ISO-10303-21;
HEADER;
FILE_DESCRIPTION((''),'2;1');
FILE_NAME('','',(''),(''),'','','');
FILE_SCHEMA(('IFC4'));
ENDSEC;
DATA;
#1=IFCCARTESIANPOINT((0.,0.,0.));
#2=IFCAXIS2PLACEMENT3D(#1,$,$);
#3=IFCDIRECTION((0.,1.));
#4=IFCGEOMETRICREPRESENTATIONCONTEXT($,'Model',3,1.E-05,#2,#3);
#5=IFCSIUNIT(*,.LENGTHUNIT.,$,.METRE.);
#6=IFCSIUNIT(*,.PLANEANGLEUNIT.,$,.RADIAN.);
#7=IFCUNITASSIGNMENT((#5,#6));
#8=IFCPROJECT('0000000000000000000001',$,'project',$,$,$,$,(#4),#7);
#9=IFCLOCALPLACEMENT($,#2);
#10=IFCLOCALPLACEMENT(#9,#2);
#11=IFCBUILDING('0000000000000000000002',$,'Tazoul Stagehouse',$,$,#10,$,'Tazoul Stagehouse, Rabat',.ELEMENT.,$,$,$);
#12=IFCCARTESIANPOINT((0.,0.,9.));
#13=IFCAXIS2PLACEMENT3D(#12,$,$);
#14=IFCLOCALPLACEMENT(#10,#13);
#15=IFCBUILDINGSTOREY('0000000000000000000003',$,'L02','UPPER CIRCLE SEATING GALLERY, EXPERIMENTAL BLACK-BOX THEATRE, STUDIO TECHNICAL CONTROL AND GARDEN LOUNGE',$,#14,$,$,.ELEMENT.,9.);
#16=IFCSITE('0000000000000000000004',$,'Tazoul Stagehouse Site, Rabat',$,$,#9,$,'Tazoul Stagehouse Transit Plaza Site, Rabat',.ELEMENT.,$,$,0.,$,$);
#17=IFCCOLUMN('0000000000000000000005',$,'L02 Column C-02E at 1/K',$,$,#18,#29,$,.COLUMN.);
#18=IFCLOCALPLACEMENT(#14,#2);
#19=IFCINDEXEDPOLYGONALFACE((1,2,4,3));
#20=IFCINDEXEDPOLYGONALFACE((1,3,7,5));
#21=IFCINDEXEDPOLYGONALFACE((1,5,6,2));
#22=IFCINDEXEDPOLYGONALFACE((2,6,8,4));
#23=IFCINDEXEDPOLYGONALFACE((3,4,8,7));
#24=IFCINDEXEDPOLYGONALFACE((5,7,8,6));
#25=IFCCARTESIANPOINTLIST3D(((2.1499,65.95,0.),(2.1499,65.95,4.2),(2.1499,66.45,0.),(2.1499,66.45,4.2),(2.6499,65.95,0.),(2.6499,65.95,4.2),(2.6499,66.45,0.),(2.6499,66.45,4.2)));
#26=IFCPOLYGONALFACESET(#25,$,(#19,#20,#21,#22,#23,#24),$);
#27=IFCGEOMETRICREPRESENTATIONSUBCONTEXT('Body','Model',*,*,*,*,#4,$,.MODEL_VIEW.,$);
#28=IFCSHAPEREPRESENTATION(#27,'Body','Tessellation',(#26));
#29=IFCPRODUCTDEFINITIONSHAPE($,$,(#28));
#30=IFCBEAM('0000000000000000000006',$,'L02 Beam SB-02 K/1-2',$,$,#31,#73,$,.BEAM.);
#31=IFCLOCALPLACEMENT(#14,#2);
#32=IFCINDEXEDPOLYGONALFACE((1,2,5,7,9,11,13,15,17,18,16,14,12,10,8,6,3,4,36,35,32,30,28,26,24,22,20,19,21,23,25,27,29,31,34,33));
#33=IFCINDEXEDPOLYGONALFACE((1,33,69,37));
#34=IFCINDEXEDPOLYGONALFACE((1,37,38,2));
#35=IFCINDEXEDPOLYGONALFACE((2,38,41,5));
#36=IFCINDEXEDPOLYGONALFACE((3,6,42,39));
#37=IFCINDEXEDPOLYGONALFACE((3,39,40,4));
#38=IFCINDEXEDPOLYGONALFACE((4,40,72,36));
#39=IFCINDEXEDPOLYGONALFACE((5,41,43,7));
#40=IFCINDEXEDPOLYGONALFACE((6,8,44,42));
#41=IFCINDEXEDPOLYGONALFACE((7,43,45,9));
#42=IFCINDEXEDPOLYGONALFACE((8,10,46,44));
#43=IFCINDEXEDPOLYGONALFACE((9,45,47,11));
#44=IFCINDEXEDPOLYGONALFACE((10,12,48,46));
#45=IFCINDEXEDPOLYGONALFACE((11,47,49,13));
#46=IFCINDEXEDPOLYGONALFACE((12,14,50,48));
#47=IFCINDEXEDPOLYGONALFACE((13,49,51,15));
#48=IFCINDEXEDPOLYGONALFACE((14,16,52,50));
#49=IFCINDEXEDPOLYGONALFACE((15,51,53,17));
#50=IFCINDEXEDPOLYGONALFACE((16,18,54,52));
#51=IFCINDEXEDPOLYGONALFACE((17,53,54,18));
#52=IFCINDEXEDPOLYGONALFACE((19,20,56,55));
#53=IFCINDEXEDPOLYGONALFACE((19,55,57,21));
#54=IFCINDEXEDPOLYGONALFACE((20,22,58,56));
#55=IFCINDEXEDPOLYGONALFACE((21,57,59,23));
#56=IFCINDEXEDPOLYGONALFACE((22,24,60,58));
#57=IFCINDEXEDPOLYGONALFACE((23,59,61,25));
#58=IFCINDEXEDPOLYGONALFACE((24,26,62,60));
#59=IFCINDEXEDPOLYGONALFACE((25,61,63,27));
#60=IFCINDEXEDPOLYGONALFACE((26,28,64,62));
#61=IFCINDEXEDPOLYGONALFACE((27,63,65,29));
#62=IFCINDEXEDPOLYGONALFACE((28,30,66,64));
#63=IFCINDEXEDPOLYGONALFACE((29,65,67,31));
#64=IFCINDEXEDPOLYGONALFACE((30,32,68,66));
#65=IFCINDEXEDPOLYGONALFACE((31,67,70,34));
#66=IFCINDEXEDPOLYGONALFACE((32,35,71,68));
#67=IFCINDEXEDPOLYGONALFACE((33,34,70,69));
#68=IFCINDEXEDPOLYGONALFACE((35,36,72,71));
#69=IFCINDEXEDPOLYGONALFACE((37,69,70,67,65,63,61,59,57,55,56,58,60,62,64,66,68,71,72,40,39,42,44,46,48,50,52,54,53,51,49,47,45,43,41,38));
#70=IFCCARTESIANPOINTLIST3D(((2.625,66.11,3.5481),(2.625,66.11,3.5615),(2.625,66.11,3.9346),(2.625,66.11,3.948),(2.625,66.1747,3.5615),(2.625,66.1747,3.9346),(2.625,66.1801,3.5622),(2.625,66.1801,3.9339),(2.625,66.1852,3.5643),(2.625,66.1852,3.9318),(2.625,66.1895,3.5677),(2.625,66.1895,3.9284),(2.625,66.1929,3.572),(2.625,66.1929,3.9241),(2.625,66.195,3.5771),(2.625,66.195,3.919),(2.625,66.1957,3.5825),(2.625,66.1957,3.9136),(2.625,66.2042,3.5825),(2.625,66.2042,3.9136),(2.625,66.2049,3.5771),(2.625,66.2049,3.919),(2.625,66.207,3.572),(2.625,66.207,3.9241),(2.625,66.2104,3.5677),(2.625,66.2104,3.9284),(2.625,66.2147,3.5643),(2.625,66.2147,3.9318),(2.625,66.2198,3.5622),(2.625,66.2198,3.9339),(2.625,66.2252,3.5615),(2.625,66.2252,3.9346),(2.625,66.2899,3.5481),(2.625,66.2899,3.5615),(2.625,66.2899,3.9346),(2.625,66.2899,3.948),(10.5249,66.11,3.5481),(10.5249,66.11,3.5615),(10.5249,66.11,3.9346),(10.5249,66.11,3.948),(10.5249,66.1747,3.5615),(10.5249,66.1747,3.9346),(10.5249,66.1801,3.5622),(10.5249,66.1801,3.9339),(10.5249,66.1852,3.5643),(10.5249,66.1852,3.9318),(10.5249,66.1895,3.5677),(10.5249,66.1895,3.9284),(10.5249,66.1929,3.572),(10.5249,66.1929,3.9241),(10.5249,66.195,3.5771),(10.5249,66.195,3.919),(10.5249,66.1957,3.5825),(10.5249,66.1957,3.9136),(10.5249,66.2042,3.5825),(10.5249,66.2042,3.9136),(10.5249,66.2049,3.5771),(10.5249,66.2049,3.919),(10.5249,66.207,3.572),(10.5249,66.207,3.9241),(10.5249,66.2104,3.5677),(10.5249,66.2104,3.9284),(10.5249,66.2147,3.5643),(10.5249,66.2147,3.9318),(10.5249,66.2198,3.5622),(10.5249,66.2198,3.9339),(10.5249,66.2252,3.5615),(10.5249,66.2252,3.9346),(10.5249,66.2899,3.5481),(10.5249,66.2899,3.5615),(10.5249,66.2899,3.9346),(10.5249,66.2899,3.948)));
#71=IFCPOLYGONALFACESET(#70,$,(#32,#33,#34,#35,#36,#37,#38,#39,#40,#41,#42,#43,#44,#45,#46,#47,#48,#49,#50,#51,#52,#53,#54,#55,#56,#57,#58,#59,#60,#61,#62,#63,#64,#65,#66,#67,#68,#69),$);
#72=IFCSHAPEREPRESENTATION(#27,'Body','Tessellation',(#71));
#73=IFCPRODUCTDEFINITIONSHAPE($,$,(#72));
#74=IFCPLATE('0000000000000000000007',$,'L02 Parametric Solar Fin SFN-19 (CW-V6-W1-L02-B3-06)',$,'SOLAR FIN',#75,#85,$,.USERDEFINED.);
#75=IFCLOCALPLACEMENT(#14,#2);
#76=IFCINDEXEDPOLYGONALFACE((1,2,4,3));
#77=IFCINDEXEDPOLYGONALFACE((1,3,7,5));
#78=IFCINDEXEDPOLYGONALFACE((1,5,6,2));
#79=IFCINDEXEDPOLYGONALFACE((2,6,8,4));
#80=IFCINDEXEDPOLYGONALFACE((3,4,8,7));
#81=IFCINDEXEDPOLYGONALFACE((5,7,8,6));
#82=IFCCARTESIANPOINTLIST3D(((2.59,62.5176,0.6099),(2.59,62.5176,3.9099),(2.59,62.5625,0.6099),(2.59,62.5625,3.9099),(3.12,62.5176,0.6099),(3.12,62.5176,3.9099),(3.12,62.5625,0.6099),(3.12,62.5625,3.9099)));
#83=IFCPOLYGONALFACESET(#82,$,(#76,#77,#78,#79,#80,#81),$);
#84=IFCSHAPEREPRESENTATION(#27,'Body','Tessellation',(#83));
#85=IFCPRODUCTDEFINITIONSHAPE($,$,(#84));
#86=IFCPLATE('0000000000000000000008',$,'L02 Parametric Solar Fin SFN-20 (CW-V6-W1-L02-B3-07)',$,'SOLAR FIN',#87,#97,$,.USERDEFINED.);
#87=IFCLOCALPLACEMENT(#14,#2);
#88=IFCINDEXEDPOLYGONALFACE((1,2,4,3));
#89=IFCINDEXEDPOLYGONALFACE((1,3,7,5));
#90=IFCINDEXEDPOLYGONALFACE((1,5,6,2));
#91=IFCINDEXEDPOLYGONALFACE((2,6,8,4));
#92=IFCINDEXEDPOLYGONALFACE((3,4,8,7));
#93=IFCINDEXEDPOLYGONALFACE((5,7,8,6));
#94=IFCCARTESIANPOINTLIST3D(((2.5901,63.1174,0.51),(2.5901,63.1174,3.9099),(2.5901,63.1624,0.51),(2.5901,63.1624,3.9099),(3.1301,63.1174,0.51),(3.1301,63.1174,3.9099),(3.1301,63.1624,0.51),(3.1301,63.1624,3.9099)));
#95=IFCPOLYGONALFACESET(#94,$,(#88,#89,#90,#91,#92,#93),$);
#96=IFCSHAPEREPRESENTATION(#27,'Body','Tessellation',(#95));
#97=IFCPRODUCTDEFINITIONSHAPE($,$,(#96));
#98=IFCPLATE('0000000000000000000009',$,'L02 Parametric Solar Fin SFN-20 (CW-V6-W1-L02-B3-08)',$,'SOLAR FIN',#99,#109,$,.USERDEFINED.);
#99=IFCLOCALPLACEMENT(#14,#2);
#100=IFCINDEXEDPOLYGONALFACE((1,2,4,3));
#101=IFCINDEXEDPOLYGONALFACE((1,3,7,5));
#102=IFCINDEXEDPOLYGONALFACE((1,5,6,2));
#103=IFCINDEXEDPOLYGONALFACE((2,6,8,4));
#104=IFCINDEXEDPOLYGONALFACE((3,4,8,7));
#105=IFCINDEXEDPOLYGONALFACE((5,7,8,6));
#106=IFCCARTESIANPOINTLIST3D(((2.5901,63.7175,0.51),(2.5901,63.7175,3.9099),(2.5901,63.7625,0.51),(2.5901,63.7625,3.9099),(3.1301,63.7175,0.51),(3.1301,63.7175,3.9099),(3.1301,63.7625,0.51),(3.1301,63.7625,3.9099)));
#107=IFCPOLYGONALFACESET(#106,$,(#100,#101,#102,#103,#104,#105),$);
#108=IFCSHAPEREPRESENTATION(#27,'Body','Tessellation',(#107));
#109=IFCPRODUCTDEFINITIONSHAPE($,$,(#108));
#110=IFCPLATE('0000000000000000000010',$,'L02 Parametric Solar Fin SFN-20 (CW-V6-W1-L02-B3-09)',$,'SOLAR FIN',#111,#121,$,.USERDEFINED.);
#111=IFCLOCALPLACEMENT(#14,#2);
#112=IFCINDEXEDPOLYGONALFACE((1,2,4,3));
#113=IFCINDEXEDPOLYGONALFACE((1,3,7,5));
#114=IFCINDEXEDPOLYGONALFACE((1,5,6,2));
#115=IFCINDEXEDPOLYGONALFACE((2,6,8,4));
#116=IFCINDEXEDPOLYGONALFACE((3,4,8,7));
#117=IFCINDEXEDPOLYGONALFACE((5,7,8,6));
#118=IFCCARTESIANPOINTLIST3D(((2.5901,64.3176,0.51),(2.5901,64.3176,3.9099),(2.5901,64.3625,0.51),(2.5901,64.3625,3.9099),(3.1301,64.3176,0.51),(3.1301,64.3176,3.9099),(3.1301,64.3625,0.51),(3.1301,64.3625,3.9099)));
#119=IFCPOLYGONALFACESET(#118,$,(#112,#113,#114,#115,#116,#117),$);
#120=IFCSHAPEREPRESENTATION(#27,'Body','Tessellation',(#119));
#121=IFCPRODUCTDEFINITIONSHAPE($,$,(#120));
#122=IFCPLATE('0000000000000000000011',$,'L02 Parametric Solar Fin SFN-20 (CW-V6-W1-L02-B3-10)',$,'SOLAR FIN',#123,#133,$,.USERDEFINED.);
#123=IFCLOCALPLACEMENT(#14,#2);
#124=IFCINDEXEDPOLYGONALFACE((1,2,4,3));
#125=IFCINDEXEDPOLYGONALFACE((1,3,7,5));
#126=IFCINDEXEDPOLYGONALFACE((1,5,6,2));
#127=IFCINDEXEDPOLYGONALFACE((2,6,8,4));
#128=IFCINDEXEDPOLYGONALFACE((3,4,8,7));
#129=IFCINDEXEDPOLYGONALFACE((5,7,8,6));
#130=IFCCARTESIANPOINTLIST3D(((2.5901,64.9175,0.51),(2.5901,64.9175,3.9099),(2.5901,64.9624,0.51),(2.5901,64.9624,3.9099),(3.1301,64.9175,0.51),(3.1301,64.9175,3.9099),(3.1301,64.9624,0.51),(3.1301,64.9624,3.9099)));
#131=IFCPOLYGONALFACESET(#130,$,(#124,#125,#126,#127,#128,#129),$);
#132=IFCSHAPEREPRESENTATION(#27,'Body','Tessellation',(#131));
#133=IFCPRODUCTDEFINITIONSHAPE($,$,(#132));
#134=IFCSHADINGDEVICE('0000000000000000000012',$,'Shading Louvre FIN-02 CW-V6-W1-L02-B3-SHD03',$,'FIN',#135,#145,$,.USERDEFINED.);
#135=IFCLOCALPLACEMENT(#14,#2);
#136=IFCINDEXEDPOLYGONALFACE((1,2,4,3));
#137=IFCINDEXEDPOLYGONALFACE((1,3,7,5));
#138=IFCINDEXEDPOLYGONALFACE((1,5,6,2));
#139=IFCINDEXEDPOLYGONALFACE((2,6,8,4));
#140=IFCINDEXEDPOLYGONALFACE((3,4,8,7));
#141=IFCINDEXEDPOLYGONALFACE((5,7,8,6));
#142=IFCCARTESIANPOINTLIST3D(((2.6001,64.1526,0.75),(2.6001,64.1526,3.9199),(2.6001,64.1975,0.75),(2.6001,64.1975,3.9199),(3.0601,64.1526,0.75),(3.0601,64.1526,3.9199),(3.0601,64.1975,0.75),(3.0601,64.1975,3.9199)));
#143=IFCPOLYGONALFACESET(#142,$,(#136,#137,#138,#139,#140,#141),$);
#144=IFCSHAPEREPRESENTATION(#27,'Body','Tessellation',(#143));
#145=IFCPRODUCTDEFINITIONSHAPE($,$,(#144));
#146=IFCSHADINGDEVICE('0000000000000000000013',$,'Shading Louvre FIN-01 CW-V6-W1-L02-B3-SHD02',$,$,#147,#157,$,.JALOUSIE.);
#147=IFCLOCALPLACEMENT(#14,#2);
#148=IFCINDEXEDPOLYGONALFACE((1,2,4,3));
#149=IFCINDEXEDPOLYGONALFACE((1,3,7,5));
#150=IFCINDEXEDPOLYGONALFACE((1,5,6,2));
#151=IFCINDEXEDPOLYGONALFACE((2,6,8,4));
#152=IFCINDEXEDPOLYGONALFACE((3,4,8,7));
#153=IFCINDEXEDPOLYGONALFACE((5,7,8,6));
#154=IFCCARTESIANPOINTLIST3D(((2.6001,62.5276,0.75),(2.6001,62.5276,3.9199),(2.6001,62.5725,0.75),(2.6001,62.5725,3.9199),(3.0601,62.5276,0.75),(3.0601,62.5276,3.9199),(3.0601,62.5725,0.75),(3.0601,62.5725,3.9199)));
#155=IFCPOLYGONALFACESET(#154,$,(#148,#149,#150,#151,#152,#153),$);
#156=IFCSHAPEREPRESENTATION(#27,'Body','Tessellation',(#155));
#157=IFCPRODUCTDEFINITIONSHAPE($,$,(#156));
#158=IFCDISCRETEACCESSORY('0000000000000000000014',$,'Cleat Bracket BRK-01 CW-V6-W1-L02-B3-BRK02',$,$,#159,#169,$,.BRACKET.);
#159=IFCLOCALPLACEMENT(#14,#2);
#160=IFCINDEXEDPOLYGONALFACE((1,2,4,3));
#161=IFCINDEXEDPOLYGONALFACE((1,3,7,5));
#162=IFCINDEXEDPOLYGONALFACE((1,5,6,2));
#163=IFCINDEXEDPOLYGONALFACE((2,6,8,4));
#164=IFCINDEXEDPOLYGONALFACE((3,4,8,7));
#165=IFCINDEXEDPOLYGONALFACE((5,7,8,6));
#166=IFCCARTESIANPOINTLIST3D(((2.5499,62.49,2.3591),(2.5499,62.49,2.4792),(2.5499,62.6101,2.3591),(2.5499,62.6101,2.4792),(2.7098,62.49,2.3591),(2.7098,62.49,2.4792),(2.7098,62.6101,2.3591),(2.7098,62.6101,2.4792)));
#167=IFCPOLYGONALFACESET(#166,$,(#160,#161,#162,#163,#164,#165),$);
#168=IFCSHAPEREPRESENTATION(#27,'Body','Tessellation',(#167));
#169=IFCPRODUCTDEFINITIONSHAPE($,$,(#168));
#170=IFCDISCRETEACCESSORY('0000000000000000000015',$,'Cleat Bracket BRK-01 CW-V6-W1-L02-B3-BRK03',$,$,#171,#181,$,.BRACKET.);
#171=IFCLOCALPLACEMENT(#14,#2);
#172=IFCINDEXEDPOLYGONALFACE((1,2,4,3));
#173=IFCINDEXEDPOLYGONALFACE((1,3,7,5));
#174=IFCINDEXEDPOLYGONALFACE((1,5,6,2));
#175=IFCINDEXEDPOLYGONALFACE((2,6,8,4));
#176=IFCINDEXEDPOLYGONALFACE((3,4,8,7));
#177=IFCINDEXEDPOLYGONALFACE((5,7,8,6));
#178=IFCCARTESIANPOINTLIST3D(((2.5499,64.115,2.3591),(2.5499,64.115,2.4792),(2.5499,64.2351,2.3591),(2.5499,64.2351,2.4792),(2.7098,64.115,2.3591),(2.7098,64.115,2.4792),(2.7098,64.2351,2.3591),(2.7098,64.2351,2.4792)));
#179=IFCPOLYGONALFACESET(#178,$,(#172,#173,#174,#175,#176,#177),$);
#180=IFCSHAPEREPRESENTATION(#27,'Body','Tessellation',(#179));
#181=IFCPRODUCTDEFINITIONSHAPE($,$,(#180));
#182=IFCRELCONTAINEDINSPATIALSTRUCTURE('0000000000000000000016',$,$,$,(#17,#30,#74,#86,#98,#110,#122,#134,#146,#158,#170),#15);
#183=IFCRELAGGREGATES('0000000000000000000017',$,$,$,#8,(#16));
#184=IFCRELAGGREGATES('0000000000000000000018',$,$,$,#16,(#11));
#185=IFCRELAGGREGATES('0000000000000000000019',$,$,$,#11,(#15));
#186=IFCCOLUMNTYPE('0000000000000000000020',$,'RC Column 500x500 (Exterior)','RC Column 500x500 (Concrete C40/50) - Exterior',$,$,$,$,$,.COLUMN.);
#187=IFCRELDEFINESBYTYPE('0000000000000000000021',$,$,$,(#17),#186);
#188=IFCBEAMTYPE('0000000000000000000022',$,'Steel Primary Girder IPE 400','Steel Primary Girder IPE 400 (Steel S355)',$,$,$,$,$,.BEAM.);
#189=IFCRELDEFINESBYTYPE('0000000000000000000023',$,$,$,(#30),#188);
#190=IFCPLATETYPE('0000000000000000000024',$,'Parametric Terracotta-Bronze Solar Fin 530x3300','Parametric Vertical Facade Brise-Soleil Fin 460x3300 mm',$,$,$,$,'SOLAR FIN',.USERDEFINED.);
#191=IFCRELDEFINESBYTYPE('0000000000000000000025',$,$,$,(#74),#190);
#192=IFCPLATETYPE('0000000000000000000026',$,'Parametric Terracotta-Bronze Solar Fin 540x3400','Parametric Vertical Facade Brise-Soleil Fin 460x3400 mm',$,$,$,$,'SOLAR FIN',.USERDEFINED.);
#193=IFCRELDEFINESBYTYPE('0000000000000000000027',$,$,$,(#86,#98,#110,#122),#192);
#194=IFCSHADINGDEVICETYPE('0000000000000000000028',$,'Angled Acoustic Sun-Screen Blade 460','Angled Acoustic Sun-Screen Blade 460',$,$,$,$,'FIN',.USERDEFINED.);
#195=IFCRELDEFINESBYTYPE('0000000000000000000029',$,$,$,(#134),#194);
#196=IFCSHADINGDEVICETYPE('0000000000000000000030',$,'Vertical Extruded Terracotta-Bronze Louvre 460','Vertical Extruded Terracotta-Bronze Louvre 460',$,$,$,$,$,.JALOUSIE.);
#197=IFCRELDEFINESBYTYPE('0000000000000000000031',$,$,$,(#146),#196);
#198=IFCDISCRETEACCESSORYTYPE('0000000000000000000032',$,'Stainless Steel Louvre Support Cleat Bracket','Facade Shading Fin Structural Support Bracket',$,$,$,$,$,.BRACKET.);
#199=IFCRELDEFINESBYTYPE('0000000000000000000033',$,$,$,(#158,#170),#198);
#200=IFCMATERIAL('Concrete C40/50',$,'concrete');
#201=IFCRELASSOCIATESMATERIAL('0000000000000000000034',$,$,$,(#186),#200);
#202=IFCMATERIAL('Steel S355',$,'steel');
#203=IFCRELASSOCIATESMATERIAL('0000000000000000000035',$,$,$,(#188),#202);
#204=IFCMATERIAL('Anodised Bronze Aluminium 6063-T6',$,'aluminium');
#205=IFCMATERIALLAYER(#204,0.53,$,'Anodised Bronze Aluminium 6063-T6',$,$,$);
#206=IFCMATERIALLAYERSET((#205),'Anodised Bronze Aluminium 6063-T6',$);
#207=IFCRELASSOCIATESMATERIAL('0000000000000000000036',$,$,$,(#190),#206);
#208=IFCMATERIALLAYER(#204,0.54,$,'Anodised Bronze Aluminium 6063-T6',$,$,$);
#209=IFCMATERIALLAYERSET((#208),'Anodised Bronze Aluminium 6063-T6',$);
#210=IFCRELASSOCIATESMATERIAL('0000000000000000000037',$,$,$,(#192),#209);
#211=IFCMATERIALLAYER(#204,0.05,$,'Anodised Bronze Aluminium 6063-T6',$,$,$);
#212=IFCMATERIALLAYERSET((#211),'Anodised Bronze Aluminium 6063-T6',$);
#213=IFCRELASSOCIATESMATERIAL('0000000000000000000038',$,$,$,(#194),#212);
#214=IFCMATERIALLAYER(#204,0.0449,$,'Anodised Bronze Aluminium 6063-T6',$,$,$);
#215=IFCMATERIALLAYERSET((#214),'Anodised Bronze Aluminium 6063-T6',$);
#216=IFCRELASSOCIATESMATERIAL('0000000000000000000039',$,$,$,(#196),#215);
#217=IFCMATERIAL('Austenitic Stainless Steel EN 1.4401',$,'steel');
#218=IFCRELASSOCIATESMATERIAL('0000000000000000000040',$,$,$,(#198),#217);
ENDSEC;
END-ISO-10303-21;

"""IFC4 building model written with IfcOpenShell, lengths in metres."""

from ifc_helpers import new_model, si_unit, direction, frame, origin, origin_2d, place, context, subcontext, project, spatial, rectangle, i_section, extrude, material, layer, layer_set, material_profile, profile_set, type_object, element, save


model = new_model("IFC4")

# Units and contexts
model_context = context("Model", 3, precision=1e-05, world=origin(), true_north=direction((0.0, 1.0)))
body_context = subcontext(model_context, "Body", "Model", "MODEL_VIEW")
ifc_project = project(units=[si_unit("LENGTHUNIT", "METRE"), si_unit("PLANEANGLEUNIT", "RADIAN")], contexts=[model_context])

# Site, building, storey
site_placement = place(None, origin())
site = spatial("IfcSite", under=ifc_project, at=site_placement, Name="Tazoul Stagehouse Site, Rabat", LongName="Tazoul Stagehouse Transit Plaza Site, Rabat", CompositionType="ELEMENT", RefElevation=0.0)
building_placement = place(site_placement, origin())
building = spatial("IfcBuilding", under=site, at=building_placement, Name="Tazoul Stagehouse", LongName="Tazoul Stagehouse, Rabat", CompositionType="ELEMENT")
storey_placement = place(building_placement, frame((0.0, 0.0, 9.0)))
storey = spatial("IfcBuildingStorey", under=building, at=storey_placement, Name="L02", Description="UPPER CIRCLE SEATING GALLERY, EXPERIMENTAL BLACK-BOX THEATRE, STUDIO TECHNICAL CONTROL AND GARDEN LOUNGE", CompositionType="ELEMENT", Elevation=9.0)

# Column
ifc_material_1 = material(Name="Concrete C40/50", Category="concrete")
ifc_material_profile_1 = material_profile(ifc_material_1, rectangle(XDim=0.5, YDim=0.5, at=origin_2d()), Name="RC 500x500")
ifc_profile_set_1 = profile_set([ifc_material_profile_1], Name="Concrete C40/50")
column_type = type_object("IfcColumnType", Name="RC Column 500x500 (Exterior)", Description="RC Column 500x500 (Concrete C40/50) - Exterior", PredefinedType="COLUMN", material=ifc_profile_set_1)
column_placement = place(storey_placement, frame((2.3999, 66.2, 0.0), z_axis=(0.0, 0.0, 1.0), x_axis=(1.0, 0.0, 0.0)))
element("IfcColumn", 1, at=column_placement, inside=storey, type_object=column_type, Name="L02 Column C-02E at 1/K", PredefinedType="COLUMN", context=body_context, shape_type="SweptSolid", body=[
    extrude(rectangle(XDim=0.5, YDim=0.5, at=origin_2d()), origin(), (0.0, 0.0, 1.0), 4.2),
])

# Beam
ifc_material_2 = material(Name="Steel S355", Category="steel")
ifc_material_profile_2 = material_profile(ifc_material_2, i_section(OverallWidth=0.1799, OverallDepth=0.3999, WebThickness=0.0085, FlangeThickness=0.0134, FilletRadius=0.021, at=origin_2d()), Name="IPE 400")
ifc_profile_set_2 = profile_set([ifc_material_profile_2], Name="Steel S355")
beam_type = type_object("IfcBeamType", Name="Steel Primary Girder IPE 400", Description="Steel Primary Girder IPE 400 (Steel S355)", PredefinedType="BEAM", material=ifc_profile_set_2)
beam_placement = place(storey_placement, frame((2.625, 66.2, 3.748), z_axis=(1.0, 0.0, 0.0), x_axis=(0.0, 1.0, 0.0)))
element("IfcBeam", 2, at=beam_placement, inside=storey, type_object=beam_type, Name="L02 Beam SB-02 K/1-2", PredefinedType="BEAM", context=body_context, shape_type="SweptSolid", body=[
    extrude(i_section(OverallWidth=0.1799, OverallDepth=0.3999, WebThickness=0.0085, FlangeThickness=0.0134, FilletRadius=0.021, at=origin_2d()), origin(), (0.0, 0.0, 1.0), 7.8999),
])

# Plates
ifc_material_3 = material(Name="Anodised Bronze Aluminium 6063-T6", Category="aluminium")
ifc_layer_1 = layer(ifc_material_3, 0.53, Name="Anodised Bronze Aluminium 6063-T6")
ifc_layer_set_1 = layer_set([ifc_layer_1], Name="Anodised Bronze Aluminium 6063-T6")
plate_type_1 = type_object("IfcPlateType", Name="Parametric Terracotta-Bronze Solar Fin 530x3300", Description="Parametric Vertical Facade Brise-Soleil Fin 460x3300 mm", ElementType="SOLAR FIN", PredefinedType="USERDEFINED", material=ifc_layer_set_1)
plate_placement = place(storey_placement, frame((2.855, 62.54, 0.6099), z_axis=(0.0, 0.0, 1.0), x_axis=(0.0, 1.0, 0.0)))
element("IfcPlate", 3, at=plate_placement, inside=storey, type_object=plate_type_1, Name="L02 Parametric Solar Fin SFN-19 (CW-V6-W1-L02-B3-06)", ObjectType="SOLAR FIN", PredefinedType="USERDEFINED", context=body_context, shape_type="SweptSolid", body=[
    extrude(rectangle(XDim=0.0449, YDim=0.53, at=origin_2d()), origin(), (0.0, 0.0, 1.0), 3.3),
])
ifc_layer_2 = layer(ifc_material_3, 0.54, Name="Anodised Bronze Aluminium 6063-T6")
ifc_layer_set_2 = layer_set([ifc_layer_2], Name="Anodised Bronze Aluminium 6063-T6")
plate_type_2 = type_object("IfcPlateType", Name="Parametric Terracotta-Bronze Solar Fin 540x3400", Description="Parametric Vertical Facade Brise-Soleil Fin 460x3400 mm", ElementType="SOLAR FIN", PredefinedType="USERDEFINED", material=ifc_layer_set_2)
for number, where, z_axis, x_axis, name in (
    (4, (2.8601, 63.1399, 0.51), (0.0, 0.0, 1.0), (0.0, 1.0, 0.0), "L02 Parametric Solar Fin SFN-20 (CW-V6-W1-L02-B3-07)"),
    (5, (2.8601, 63.74, 0.51), (0.0, 0.0, 1.0), (0.0, 1.0, 0.0), "L02 Parametric Solar Fin SFN-20 (CW-V6-W1-L02-B3-08)"),
    (6, (2.8601, 64.3401, 0.51), (0.0, 0.0, 1.0), (0.0, 1.0, 0.0), "L02 Parametric Solar Fin SFN-20 (CW-V6-W1-L02-B3-09)"),
    (7, (2.8601, 64.9399, 0.51), (0.0, 0.0, 1.0), (0.0, 1.0, 0.0), "L02 Parametric Solar Fin SFN-20 (CW-V6-W1-L02-B3-10)"),
):
    element("IfcPlate", number, at=place(storey_placement, frame(where, z_axis=z_axis, x_axis=x_axis)), inside=storey, type_object=plate_type_2, Name=name, ObjectType="SOLAR FIN", PredefinedType="USERDEFINED", context=body_context, shape_type="SweptSolid", body=[
        extrude(rectangle(XDim=0.0449, YDim=0.54, at=origin_2d()), origin(), (0.0, 0.0, 1.0), 3.3999),
    ])

# Shading devices
ifc_layer_3 = layer(ifc_material_3, 0.05, Name="Anodised Bronze Aluminium 6063-T6")
ifc_layer_set_3 = layer_set([ifc_layer_3], Name="Anodised Bronze Aluminium 6063-T6")
shading_device_type_1 = type_object("IfcShadingDeviceType", Name="Angled Acoustic Sun-Screen Blade 460", Description="Angled Acoustic Sun-Screen Blade 460", ElementType="FIN", PredefinedType="USERDEFINED", material=ifc_layer_set_3)
shading_device_1_placement = place(storey_placement, frame((2.8301, 64.175, 0.75), z_axis=(0.0, 0.0, 1.0), x_axis=(0.0, 1.0, 0.0)))
element("IfcShadingDevice", 8, at=shading_device_1_placement, inside=storey, type_object=shading_device_type_1, Name="Shading Louvre FIN-02 CW-V6-W1-L02-B3-SHD03", ObjectType="FIN", PredefinedType="USERDEFINED", context=body_context, shape_type="SweptSolid", body=[
    extrude(rectangle(XDim=0.0449, YDim=0.46, at=origin_2d()), origin(), (0.0, 0.0, 1.0), 3.1699),
])
ifc_layer_4 = layer(ifc_material_3, 0.0449, Name="Anodised Bronze Aluminium 6063-T6")
ifc_layer_set_4 = layer_set([ifc_layer_4], Name="Anodised Bronze Aluminium 6063-T6")
shading_device_type_2 = type_object("IfcShadingDeviceType", Name="Vertical Extruded Terracotta-Bronze Louvre 460", Description="Vertical Extruded Terracotta-Bronze Louvre 460", PredefinedType="JALOUSIE", material=ifc_layer_set_4)
shading_device_2_placement = place(storey_placement, frame((2.8301, 62.55, 0.75), z_axis=(0.0, 0.0, 1.0), x_axis=(0.0, 1.0, 0.0)))
element("IfcShadingDevice", 9, at=shading_device_2_placement, inside=storey, type_object=shading_device_type_2, Name="Shading Louvre FIN-01 CW-V6-W1-L02-B3-SHD02", PredefinedType="JALOUSIE", context=body_context, shape_type="SweptSolid", body=[
    extrude(rectangle(XDim=0.0449, YDim=0.46, at=origin_2d()), origin(), (0.0, 0.0, 1.0), 3.1699),
])

# Discrete accessories
ifc_material_4 = material(Name="Austenitic Stainless Steel EN 1.4401", Category="steel")
discrete_accessory_type = type_object("IfcDiscreteAccessoryType", Name="Stainless Steel Louvre Support Cleat Bracket", Description="Facade Shading Fin Structural Support Bracket", PredefinedType="BRACKET", material=ifc_material_4)
for number, where, z_axis, x_axis, name in (
    (10, (2.6299, 62.55, 2.3591), (0.0, 0.0, 1.0), (0.0, 1.0, 0.0), "Cleat Bracket BRK-01 CW-V6-W1-L02-B3-BRK02"),
    (11, (2.6299, 64.175, 2.3591), (0.0, 0.0, 1.0), (0.0, 1.0, 0.0), "Cleat Bracket BRK-01 CW-V6-W1-L02-B3-BRK03"),
):
    element("IfcDiscreteAccessory", number, at=place(storey_placement, frame(where, z_axis=z_axis, x_axis=x_axis)), inside=storey, type_object=discrete_accessory_type, Name=name, PredefinedType="BRACKET", context=body_context, shape_type="SweptSolid", body=[
        extrude(rectangle(XDim=0.1201, YDim=0.1599, at=origin_2d()), origin(), (0.0, 0.0, 1.0), 0.1201),
    ])

save(model, "model.ifc")
